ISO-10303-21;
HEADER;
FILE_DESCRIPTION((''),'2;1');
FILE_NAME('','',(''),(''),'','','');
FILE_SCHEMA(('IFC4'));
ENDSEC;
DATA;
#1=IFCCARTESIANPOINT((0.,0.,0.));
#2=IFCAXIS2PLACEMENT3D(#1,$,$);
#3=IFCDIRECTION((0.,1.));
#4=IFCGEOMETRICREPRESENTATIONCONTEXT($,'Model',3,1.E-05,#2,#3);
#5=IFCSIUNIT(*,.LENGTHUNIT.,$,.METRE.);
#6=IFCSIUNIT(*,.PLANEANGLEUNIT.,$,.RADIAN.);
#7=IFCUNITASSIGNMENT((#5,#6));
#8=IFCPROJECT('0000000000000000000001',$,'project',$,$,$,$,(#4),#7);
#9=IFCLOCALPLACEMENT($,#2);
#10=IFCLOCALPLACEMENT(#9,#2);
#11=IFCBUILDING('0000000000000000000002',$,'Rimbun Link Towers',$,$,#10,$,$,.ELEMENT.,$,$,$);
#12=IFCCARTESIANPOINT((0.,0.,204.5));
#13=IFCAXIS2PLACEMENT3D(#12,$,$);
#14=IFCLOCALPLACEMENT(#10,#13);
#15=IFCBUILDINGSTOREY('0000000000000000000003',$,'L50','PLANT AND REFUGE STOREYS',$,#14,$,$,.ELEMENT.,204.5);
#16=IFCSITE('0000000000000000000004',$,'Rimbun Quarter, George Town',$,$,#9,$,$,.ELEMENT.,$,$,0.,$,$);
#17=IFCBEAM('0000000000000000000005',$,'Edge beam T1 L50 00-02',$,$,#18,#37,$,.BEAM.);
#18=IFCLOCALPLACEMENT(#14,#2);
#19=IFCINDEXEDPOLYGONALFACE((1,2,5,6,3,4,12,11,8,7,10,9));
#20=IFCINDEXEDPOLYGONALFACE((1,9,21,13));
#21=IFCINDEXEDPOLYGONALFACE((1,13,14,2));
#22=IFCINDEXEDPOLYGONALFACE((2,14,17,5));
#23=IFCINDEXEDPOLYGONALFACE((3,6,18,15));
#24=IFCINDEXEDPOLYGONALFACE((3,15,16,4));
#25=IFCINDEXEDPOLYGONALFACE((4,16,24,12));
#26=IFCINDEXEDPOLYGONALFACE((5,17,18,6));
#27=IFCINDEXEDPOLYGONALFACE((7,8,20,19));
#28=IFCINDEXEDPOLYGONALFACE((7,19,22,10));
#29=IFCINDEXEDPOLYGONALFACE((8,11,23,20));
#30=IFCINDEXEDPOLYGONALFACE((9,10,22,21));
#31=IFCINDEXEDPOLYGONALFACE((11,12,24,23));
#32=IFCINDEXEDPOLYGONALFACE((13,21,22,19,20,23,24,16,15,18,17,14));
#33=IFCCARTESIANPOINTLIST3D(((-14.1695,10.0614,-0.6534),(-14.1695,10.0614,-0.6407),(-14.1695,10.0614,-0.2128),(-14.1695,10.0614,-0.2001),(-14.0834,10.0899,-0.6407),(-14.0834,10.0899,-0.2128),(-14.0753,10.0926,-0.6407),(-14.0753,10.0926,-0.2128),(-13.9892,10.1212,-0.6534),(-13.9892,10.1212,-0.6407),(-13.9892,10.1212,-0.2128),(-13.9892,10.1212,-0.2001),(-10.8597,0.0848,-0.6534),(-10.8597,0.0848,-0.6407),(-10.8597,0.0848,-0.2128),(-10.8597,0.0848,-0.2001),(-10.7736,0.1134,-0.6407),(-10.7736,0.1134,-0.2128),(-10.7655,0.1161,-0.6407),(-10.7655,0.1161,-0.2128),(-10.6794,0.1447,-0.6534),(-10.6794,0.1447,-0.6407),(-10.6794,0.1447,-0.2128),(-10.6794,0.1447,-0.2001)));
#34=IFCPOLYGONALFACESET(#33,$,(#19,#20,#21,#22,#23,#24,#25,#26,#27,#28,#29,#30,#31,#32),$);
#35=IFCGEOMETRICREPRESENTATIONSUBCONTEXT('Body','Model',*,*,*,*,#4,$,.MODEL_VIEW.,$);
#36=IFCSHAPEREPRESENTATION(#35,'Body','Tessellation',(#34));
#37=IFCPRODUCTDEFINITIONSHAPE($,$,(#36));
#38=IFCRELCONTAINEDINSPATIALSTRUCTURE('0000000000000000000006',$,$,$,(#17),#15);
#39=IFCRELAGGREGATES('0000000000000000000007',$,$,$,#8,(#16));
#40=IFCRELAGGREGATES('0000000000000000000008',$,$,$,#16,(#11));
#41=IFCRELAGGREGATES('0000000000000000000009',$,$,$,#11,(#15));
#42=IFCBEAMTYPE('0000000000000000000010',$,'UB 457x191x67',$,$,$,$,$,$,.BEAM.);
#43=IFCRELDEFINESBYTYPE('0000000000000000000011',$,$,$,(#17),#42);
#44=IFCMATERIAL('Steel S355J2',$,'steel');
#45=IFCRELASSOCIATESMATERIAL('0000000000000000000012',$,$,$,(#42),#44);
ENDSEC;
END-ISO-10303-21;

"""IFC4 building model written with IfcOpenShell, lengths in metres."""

from ifc_helpers import new_model, si_unit, direction, frame, origin, origin_2d, place, context, subcontext, project, spatial, i_section, extrude, material, material_profile, profile_set, type_object, element, save


model = new_model("IFC4")

# Units and contexts
model_context = context("Model", 3, precision=1e-05, world=origin(), true_north=direction((0.0, 1.0)))
body_context = subcontext(model_context, "Body", "Model", "MODEL_VIEW")
ifc_project = project(units=[si_unit("LENGTHUNIT", "METRE"), si_unit("PLANEANGLEUNIT", "RADIAN")], contexts=[model_context])

# Site, building, storey
site_placement = place(None, origin())
site = spatial("IfcSite", under=ifc_project, at=site_placement, Name="Rimbun Quarter, George Town", CompositionType="ELEMENT", RefElevation=0.0)
building_placement = place(site_placement, origin())
building = spatial("IfcBuilding", under=site, at=building_placement, Name="Rimbun Link Towers", CompositionType="ELEMENT")
storey_placement = place(building_placement, frame((0.0, 0.0, 204.5)))
storey = spatial("IfcBuildingStorey", under=building, at=storey_placement, Name="L50", Description="PLANT AND REFUGE STOREYS", CompositionType="ELEMENT", Elevation=204.5)

# Beam
ifc_material_1 = material(Name="Steel S355J2", Category="steel")
ifc_material_profile_1 = material_profile(ifc_material_1, i_section(OverallWidth=0.1899, OverallDepth=0.4534, WebThickness=0.0085, FlangeThickness=0.0127, at=origin_2d()), Name="UB 457x191x67")
ifc_profile_set_1 = profile_set([ifc_material_profile_1], Name="Steel S355J2")
beam_type_1 = type_object("IfcBeamType", Name="UB 457x191x67", PredefinedType="BEAM", material=ifc_profile_set_1)
beam_1_placement = place(storey_placement, frame((-10.7695, 0.1147, -0.4268), z_axis=(-0.314883, 0.949131, 0.0), x_axis=(-0.949131, -0.314883, 0.0)))
element("IfcBeam", 1, at=beam_1_placement, inside=storey, type_object=beam_type_1, Name="Edge beam T1 L50 00-02", PredefinedType="BEAM", context=body_context, shape_type="SweptSolid", body=[
    extrude(i_section(OverallWidth=0.1899, OverallDepth=0.4534, WebThickness=0.0085, FlangeThickness=0.0127, at=origin_2d()), origin(), (0.0, 0.0, 1.0), 10.5112),
])

save(model, "model.ifc")
